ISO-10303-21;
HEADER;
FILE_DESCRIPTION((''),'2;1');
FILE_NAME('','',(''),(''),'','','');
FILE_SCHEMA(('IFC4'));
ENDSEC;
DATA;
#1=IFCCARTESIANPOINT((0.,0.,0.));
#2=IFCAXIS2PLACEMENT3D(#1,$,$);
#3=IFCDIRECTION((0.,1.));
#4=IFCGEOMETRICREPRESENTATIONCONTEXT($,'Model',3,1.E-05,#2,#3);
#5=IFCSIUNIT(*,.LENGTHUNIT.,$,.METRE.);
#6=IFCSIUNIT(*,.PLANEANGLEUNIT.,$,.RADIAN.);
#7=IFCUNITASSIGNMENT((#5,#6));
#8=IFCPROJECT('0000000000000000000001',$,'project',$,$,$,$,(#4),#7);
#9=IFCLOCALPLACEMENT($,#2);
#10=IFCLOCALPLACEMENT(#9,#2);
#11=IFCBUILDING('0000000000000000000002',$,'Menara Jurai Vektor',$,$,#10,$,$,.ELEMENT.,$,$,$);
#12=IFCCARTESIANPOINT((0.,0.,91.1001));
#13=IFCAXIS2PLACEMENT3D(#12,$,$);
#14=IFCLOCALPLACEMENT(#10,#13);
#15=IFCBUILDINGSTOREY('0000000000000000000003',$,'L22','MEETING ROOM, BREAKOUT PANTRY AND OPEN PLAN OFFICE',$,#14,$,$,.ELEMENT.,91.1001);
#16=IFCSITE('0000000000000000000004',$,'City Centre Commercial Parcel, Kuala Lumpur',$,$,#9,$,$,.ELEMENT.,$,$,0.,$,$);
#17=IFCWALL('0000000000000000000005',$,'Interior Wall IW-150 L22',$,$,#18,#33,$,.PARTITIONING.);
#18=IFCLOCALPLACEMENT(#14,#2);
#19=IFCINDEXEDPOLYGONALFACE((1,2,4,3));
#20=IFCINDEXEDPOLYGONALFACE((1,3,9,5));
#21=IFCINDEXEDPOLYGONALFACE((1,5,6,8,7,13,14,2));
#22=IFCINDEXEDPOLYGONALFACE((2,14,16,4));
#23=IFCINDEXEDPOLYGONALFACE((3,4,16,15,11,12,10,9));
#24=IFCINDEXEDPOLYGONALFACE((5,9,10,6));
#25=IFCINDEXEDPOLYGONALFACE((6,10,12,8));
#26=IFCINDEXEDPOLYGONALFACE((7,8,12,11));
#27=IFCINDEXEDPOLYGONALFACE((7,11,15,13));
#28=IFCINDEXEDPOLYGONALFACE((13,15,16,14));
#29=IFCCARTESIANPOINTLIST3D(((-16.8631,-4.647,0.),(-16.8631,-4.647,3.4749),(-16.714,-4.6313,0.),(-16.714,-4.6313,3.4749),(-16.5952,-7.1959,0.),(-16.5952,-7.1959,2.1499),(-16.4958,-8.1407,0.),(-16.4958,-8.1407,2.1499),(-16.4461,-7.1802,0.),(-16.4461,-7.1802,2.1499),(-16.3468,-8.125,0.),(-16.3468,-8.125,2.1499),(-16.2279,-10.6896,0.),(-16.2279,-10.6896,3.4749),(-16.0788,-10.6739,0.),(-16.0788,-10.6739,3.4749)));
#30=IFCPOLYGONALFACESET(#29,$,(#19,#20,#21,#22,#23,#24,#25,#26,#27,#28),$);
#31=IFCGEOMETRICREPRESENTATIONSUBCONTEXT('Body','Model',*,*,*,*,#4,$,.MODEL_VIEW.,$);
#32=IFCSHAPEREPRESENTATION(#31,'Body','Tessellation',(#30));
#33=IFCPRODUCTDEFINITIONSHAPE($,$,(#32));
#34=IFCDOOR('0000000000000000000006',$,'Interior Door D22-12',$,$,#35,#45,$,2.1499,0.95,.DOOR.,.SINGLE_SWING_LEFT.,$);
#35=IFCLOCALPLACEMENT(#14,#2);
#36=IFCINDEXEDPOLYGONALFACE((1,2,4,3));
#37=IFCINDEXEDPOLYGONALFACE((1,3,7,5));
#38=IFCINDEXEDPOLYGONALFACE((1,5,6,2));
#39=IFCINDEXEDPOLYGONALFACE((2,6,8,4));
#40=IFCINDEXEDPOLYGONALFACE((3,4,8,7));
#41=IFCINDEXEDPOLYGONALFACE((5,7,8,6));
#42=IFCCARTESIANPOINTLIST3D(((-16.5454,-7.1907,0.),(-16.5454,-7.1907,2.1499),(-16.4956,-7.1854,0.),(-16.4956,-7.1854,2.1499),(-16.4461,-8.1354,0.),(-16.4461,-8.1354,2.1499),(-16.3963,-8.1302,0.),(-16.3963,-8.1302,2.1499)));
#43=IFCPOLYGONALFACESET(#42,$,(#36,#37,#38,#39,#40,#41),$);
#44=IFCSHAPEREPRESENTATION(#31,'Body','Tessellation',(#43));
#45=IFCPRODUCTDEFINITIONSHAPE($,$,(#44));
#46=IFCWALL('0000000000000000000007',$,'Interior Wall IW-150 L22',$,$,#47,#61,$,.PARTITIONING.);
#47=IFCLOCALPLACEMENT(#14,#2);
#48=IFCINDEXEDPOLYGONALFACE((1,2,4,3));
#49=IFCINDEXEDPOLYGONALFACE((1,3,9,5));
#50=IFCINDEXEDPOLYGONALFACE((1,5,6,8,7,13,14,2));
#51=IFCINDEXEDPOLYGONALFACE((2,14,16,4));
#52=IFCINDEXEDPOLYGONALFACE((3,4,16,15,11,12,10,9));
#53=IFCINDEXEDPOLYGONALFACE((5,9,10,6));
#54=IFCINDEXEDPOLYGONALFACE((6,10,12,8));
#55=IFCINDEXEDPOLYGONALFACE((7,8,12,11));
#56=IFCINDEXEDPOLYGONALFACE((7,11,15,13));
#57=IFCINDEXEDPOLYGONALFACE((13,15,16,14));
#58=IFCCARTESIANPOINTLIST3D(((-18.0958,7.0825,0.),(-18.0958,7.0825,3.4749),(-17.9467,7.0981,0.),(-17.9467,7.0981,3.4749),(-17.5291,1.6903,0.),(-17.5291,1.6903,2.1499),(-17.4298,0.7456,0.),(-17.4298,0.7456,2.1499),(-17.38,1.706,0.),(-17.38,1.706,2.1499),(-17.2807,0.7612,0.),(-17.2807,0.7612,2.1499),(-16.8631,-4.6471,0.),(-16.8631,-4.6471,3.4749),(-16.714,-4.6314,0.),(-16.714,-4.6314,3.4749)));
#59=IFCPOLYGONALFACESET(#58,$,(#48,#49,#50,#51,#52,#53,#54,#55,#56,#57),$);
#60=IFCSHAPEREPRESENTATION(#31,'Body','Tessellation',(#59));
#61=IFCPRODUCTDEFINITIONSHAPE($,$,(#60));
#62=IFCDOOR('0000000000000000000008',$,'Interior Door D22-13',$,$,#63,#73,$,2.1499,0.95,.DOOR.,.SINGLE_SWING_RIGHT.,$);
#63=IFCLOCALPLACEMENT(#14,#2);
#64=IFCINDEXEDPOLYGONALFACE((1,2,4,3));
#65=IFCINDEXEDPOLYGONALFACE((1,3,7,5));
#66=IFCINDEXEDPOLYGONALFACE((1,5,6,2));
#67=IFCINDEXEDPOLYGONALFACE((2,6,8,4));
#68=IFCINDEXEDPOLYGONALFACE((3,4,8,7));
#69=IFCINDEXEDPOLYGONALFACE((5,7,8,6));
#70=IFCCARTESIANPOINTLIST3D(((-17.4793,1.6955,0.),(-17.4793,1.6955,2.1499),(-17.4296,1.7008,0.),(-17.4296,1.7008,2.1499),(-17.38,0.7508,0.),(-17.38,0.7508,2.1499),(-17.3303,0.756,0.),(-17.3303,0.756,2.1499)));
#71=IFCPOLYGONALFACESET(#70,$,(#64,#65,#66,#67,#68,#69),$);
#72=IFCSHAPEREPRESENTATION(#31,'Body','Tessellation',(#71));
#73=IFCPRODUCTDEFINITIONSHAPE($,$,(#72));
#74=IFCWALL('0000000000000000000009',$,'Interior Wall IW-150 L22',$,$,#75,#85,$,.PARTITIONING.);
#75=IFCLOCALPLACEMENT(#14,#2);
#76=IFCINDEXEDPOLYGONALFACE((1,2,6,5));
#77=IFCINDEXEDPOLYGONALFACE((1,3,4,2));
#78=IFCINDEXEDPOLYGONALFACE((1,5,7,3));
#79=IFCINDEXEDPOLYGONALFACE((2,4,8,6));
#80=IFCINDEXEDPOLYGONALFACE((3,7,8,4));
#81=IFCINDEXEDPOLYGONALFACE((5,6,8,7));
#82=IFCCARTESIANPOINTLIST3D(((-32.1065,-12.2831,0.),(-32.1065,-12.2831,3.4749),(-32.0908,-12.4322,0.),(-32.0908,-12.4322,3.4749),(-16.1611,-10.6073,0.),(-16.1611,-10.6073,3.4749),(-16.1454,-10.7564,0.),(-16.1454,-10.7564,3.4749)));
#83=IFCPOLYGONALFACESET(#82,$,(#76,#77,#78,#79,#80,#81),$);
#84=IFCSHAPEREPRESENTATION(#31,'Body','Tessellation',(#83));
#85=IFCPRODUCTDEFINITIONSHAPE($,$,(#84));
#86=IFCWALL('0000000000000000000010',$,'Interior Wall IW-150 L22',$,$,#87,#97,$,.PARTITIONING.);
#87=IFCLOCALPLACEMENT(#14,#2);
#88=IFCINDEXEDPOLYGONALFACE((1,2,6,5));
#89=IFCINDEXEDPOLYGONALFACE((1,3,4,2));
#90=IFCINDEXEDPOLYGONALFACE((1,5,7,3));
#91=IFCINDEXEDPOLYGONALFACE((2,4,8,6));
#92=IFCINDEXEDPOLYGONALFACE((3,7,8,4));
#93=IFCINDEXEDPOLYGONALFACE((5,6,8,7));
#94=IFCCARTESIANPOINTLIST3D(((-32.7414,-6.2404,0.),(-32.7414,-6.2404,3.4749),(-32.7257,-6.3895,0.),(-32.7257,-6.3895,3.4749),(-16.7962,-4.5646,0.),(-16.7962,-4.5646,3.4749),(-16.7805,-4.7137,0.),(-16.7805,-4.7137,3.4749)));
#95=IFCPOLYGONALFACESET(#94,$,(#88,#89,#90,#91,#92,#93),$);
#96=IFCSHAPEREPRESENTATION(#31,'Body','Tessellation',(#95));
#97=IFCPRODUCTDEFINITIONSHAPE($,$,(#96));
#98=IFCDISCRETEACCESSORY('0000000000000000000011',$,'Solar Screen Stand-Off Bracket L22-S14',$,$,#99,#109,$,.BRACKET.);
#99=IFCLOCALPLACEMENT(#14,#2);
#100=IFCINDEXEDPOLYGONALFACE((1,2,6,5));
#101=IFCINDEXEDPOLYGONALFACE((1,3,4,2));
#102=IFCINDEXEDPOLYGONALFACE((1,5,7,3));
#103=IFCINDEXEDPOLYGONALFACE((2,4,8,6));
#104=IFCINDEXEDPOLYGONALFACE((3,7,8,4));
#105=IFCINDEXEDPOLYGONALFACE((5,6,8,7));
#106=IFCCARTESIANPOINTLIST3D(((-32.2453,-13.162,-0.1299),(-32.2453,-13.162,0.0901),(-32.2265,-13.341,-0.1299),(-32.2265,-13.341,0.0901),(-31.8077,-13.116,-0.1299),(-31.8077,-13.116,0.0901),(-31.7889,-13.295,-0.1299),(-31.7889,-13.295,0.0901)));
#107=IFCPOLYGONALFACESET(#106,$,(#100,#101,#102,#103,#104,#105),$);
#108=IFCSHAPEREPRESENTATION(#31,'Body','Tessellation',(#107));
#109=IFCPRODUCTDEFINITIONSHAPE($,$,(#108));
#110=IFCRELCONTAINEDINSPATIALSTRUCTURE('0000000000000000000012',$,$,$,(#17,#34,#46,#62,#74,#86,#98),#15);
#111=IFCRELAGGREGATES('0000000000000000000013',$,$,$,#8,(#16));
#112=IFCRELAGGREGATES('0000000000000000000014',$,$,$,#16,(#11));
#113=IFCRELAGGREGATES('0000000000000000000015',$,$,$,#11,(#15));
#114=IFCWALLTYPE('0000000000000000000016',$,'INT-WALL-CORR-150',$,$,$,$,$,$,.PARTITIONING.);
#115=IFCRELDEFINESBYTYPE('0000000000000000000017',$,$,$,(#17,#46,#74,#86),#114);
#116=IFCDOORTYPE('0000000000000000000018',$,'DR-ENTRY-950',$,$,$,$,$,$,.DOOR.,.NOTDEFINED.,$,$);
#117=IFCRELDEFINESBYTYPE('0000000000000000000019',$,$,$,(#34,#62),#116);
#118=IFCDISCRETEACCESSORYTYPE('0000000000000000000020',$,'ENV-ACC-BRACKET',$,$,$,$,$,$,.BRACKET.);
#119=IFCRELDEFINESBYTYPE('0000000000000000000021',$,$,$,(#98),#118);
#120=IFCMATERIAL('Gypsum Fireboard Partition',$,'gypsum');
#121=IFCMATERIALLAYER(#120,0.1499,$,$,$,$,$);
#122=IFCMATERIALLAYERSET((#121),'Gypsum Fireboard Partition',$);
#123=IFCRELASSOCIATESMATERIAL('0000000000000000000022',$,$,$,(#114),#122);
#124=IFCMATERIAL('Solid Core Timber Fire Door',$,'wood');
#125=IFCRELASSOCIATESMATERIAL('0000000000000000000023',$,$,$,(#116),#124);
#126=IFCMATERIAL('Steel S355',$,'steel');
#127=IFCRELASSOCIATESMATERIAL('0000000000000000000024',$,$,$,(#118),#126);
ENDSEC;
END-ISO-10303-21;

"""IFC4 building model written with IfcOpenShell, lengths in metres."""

from ifc_helpers import new_model, si_unit, direction, frame, frame_2d, origin, origin_2d, place, context, subcontext, project, spatial, rectangle, extrude, material, layer, layer_set, type_object, element, fill, save


model = new_model("IFC4")

# Units and contexts
model_context = context("Model", 3, precision=1e-05, world=origin(), true_north=direction((0.0, 1.0)))
body_context = subcontext(model_context, "Body", "Model", "MODEL_VIEW")
ifc_project = project(units=[si_unit("LENGTHUNIT", "METRE"), si_unit("PLANEANGLEUNIT", "RADIAN")], contexts=[model_context])

# Site, building, storey
site_placement = place(None, origin())
site = spatial("IfcSite", under=ifc_project, at=site_placement, Name="City Centre Commercial Parcel, Kuala Lumpur", CompositionType="ELEMENT", RefElevation=0.0)
building_placement = place(site_placement, origin())
building = spatial("IfcBuilding", under=site, at=building_placement, Name="Menara Jurai Vektor", CompositionType="ELEMENT")
storey_placement = place(building_placement, frame((0.0, 0.0, 91.1001)))
storey = spatial("IfcBuildingStorey", under=building, at=storey_placement, Name="L22", Description="MEETING ROOM, BREAKOUT PANTRY AND OPEN PLAN OFFICE", CompositionType="ELEMENT", Elevation=91.1001)

# Shared definitions
ifc_material_1 = material(Name="Steel S355", Category="steel")

# Walls, openings, doors
ifc_material_2 = material(Name="Gypsum Fireboard Partition", Category="gypsum")
ifc_layer_1 = layer(ifc_material_2, 0.1499)
ifc_layer_set_1 = layer_set([ifc_layer_1], Name="Gypsum Fireboard Partition")
wall_type = type_object("IfcWallType", Name="INT-WALL-CORR-150", PredefinedType="PARTITIONING", material=ifc_layer_set_1)
ifc_material_3 = material(Name="Solid Core Timber Fire Door", Category="wood")
door_type = type_object("IfcDoorType", Name="DR-ENTRY-950", OperationType="NOTDEFINED", PredefinedType="DOOR", material=ifc_material_3)
wall_1_placement = place(storey_placement, frame((-16.1533, -10.6819, 0.0), z_axis=(0.0, 0.0, 1.0), x_axis=(-0.104551, 0.99452, 0.0)))
wall_1 = element("IfcWall", 1, at=wall_1_placement, inside=storey, type_object=wall_type, Name="Interior Wall IW-150 L22", PredefinedType="PARTITIONING", context=body_context, shape_type="SweptSolid", body=[
    extrude(rectangle(XDim=6.0759, YDim=0.1499, at=frame_2d((3.0381, 0.0))), origin(), (0.0, 0.0, 1.0), 3.4749),
])
opening_1_placement = place(wall_1_placement, frame((2.563, 0.0, 0.0)))
opening_1 = element("IfcOpeningElement", 2, at=opening_1_placement, cuts=wall_1, PredefinedType="OPENING", context=body_context, shape_type="SweptSolid", body=[
    extrude(rectangle(XDim=0.95, YDim=2.1499, at=frame_2d((0.4751, 1.075))), frame((0.0, 0.085, 0.0), z_axis=(0.0, -1.0, 0.0), x_axis=(1.0, 0.0, 0.0)), (0.0, 0.0, 1.0), 0.1699),
])
door_1_placement = place(opening_1_placement, origin())
door_1 = element("IfcDoor", 3, at=door_1_placement, inside=storey, type_object=door_type, Name="Interior Door D22-12", OperationType="SINGLE_SWING_LEFT", OverallHeight=2.1499, OverallWidth=0.95, PredefinedType="DOOR", context=body_context, shape_type="SweptSolid", body=[
    extrude(rectangle(XDim=0.95, YDim=2.1499, at=frame_2d((0.4751, 1.075))), frame((0.0, 0.0249, 0.0), z_axis=(0.0, -1.0, 0.0), x_axis=(1.0, 0.0, 0.0)), (0.0, 0.0, 1.0), 0.05),
])
fill(opening_1, door_1)
wall_2_placement = place(storey_placement, frame((-16.7886, -4.6392, 0.0), z_axis=(0.0, 0.0, 1.0), x_axis=(-0.104516, 0.994523, 0.0)))
wall_2 = element("IfcWall", 4, at=wall_2_placement, inside=storey, type_object=wall_type, Name="Interior Wall IW-150 L22", PredefinedType="PARTITIONING", context=body_context, shape_type="SweptSolid", body=[
    extrude(rectangle(XDim=11.7942, YDim=0.1499, at=frame_2d((5.897, 0.0))), origin(), (0.0, 0.0, 1.0), 3.4749),
])
opening_2_placement = place(wall_2_placement, frame((5.4221, 0.0, 0.0)))
opening_2 = element("IfcOpeningElement", 5, at=opening_2_placement, cuts=wall_2, PredefinedType="OPENING", context=body_context, shape_type="SweptSolid", body=[
    extrude(rectangle(XDim=0.95, YDim=2.1499, at=frame_2d((0.4751, 1.075))), frame((0.0, 0.085, 0.0), z_axis=(0.0, -1.0, 0.0), x_axis=(1.0, 0.0, 0.0)), (0.0, 0.0, 1.0), 0.1699),
])
door_2_placement = place(opening_2_placement, origin())
door_2 = element("IfcDoor", 6, at=door_2_placement, inside=storey, type_object=door_type, Name="Interior Door D22-13", OperationType="SINGLE_SWING_RIGHT", OverallHeight=2.1499, OverallWidth=0.95, PredefinedType="DOOR", context=body_context, shape_type="SweptSolid", body=[
    extrude(rectangle(XDim=0.95, YDim=2.1499, at=frame_2d((0.4751, 1.075))), frame((0.0, 0.0249, 0.0), z_axis=(0.0, -1.0, 0.0), x_axis=(1.0, 0.0, 0.0)), (0.0, 0.0, 1.0), 0.05),
])
fill(opening_2, door_2)

# Walls
wall_3_placement = place(storey_placement, frame((-32.0986, -12.3577, 0.0), z_axis=(0.0, 0.0, 1.0), x_axis=(0.994523, 0.10452, 0.0)))
element("IfcWall", 7, at=wall_3_placement, inside=storey, type_object=wall_type, Name="Interior Wall IW-150 L22", PredefinedType="PARTITIONING", context=body_context, shape_type="SweptSolid", body=[
    extrude(rectangle(XDim=16.0332, YDim=0.1499, at=frame_2d((8.0166, 0.0))), origin(), (0.0, 0.0, 1.0), 3.4749),
])
wall_4_placement = place(storey_placement, frame((-32.7336, -6.3149, 0.0), z_axis=(0.0, 0.0, 1.0), x_axis=(0.994523, 0.104521, 0.0)))
element("IfcWall", 8, at=wall_4_placement, inside=storey, type_object=wall_type, Name="Interior Wall IW-150 L22", PredefinedType="PARTITIONING", context=body_context, shape_type="SweptSolid", body=[
    extrude(rectangle(XDim=16.033, YDim=0.1499, at=frame_2d((8.0166, 0.0))), origin(), (0.0, 0.0, 1.0), 3.4749),
])

# Discrete accessory
discrete_accessory_type = type_object("IfcDiscreteAccessoryType", Name="ENV-ACC-BRACKET", PredefinedType="BRACKET", material=ifc_material_1)
discrete_accessory_placement = place(storey_placement, frame((-32.0171, -13.2285, -0.1299), z_axis=(0.0, 0.0, 1.0), x_axis=(0.104528, -0.994522, 0.0)))
element("IfcDiscreteAccessory", 9, at=discrete_accessory_placement, inside=storey, type_object=discrete_accessory_type, Name="Solar Screen Stand-Off Bracket L22-S14", PredefinedType="BRACKET", context=body_context, shape_type="SweptSolid", body=[
    extrude(rectangle(XDim=0.1799, YDim=0.4399, at=origin_2d()), origin(), (0.0, 0.0, 1.0), 0.22),
])

save(model, "model.ifc")
